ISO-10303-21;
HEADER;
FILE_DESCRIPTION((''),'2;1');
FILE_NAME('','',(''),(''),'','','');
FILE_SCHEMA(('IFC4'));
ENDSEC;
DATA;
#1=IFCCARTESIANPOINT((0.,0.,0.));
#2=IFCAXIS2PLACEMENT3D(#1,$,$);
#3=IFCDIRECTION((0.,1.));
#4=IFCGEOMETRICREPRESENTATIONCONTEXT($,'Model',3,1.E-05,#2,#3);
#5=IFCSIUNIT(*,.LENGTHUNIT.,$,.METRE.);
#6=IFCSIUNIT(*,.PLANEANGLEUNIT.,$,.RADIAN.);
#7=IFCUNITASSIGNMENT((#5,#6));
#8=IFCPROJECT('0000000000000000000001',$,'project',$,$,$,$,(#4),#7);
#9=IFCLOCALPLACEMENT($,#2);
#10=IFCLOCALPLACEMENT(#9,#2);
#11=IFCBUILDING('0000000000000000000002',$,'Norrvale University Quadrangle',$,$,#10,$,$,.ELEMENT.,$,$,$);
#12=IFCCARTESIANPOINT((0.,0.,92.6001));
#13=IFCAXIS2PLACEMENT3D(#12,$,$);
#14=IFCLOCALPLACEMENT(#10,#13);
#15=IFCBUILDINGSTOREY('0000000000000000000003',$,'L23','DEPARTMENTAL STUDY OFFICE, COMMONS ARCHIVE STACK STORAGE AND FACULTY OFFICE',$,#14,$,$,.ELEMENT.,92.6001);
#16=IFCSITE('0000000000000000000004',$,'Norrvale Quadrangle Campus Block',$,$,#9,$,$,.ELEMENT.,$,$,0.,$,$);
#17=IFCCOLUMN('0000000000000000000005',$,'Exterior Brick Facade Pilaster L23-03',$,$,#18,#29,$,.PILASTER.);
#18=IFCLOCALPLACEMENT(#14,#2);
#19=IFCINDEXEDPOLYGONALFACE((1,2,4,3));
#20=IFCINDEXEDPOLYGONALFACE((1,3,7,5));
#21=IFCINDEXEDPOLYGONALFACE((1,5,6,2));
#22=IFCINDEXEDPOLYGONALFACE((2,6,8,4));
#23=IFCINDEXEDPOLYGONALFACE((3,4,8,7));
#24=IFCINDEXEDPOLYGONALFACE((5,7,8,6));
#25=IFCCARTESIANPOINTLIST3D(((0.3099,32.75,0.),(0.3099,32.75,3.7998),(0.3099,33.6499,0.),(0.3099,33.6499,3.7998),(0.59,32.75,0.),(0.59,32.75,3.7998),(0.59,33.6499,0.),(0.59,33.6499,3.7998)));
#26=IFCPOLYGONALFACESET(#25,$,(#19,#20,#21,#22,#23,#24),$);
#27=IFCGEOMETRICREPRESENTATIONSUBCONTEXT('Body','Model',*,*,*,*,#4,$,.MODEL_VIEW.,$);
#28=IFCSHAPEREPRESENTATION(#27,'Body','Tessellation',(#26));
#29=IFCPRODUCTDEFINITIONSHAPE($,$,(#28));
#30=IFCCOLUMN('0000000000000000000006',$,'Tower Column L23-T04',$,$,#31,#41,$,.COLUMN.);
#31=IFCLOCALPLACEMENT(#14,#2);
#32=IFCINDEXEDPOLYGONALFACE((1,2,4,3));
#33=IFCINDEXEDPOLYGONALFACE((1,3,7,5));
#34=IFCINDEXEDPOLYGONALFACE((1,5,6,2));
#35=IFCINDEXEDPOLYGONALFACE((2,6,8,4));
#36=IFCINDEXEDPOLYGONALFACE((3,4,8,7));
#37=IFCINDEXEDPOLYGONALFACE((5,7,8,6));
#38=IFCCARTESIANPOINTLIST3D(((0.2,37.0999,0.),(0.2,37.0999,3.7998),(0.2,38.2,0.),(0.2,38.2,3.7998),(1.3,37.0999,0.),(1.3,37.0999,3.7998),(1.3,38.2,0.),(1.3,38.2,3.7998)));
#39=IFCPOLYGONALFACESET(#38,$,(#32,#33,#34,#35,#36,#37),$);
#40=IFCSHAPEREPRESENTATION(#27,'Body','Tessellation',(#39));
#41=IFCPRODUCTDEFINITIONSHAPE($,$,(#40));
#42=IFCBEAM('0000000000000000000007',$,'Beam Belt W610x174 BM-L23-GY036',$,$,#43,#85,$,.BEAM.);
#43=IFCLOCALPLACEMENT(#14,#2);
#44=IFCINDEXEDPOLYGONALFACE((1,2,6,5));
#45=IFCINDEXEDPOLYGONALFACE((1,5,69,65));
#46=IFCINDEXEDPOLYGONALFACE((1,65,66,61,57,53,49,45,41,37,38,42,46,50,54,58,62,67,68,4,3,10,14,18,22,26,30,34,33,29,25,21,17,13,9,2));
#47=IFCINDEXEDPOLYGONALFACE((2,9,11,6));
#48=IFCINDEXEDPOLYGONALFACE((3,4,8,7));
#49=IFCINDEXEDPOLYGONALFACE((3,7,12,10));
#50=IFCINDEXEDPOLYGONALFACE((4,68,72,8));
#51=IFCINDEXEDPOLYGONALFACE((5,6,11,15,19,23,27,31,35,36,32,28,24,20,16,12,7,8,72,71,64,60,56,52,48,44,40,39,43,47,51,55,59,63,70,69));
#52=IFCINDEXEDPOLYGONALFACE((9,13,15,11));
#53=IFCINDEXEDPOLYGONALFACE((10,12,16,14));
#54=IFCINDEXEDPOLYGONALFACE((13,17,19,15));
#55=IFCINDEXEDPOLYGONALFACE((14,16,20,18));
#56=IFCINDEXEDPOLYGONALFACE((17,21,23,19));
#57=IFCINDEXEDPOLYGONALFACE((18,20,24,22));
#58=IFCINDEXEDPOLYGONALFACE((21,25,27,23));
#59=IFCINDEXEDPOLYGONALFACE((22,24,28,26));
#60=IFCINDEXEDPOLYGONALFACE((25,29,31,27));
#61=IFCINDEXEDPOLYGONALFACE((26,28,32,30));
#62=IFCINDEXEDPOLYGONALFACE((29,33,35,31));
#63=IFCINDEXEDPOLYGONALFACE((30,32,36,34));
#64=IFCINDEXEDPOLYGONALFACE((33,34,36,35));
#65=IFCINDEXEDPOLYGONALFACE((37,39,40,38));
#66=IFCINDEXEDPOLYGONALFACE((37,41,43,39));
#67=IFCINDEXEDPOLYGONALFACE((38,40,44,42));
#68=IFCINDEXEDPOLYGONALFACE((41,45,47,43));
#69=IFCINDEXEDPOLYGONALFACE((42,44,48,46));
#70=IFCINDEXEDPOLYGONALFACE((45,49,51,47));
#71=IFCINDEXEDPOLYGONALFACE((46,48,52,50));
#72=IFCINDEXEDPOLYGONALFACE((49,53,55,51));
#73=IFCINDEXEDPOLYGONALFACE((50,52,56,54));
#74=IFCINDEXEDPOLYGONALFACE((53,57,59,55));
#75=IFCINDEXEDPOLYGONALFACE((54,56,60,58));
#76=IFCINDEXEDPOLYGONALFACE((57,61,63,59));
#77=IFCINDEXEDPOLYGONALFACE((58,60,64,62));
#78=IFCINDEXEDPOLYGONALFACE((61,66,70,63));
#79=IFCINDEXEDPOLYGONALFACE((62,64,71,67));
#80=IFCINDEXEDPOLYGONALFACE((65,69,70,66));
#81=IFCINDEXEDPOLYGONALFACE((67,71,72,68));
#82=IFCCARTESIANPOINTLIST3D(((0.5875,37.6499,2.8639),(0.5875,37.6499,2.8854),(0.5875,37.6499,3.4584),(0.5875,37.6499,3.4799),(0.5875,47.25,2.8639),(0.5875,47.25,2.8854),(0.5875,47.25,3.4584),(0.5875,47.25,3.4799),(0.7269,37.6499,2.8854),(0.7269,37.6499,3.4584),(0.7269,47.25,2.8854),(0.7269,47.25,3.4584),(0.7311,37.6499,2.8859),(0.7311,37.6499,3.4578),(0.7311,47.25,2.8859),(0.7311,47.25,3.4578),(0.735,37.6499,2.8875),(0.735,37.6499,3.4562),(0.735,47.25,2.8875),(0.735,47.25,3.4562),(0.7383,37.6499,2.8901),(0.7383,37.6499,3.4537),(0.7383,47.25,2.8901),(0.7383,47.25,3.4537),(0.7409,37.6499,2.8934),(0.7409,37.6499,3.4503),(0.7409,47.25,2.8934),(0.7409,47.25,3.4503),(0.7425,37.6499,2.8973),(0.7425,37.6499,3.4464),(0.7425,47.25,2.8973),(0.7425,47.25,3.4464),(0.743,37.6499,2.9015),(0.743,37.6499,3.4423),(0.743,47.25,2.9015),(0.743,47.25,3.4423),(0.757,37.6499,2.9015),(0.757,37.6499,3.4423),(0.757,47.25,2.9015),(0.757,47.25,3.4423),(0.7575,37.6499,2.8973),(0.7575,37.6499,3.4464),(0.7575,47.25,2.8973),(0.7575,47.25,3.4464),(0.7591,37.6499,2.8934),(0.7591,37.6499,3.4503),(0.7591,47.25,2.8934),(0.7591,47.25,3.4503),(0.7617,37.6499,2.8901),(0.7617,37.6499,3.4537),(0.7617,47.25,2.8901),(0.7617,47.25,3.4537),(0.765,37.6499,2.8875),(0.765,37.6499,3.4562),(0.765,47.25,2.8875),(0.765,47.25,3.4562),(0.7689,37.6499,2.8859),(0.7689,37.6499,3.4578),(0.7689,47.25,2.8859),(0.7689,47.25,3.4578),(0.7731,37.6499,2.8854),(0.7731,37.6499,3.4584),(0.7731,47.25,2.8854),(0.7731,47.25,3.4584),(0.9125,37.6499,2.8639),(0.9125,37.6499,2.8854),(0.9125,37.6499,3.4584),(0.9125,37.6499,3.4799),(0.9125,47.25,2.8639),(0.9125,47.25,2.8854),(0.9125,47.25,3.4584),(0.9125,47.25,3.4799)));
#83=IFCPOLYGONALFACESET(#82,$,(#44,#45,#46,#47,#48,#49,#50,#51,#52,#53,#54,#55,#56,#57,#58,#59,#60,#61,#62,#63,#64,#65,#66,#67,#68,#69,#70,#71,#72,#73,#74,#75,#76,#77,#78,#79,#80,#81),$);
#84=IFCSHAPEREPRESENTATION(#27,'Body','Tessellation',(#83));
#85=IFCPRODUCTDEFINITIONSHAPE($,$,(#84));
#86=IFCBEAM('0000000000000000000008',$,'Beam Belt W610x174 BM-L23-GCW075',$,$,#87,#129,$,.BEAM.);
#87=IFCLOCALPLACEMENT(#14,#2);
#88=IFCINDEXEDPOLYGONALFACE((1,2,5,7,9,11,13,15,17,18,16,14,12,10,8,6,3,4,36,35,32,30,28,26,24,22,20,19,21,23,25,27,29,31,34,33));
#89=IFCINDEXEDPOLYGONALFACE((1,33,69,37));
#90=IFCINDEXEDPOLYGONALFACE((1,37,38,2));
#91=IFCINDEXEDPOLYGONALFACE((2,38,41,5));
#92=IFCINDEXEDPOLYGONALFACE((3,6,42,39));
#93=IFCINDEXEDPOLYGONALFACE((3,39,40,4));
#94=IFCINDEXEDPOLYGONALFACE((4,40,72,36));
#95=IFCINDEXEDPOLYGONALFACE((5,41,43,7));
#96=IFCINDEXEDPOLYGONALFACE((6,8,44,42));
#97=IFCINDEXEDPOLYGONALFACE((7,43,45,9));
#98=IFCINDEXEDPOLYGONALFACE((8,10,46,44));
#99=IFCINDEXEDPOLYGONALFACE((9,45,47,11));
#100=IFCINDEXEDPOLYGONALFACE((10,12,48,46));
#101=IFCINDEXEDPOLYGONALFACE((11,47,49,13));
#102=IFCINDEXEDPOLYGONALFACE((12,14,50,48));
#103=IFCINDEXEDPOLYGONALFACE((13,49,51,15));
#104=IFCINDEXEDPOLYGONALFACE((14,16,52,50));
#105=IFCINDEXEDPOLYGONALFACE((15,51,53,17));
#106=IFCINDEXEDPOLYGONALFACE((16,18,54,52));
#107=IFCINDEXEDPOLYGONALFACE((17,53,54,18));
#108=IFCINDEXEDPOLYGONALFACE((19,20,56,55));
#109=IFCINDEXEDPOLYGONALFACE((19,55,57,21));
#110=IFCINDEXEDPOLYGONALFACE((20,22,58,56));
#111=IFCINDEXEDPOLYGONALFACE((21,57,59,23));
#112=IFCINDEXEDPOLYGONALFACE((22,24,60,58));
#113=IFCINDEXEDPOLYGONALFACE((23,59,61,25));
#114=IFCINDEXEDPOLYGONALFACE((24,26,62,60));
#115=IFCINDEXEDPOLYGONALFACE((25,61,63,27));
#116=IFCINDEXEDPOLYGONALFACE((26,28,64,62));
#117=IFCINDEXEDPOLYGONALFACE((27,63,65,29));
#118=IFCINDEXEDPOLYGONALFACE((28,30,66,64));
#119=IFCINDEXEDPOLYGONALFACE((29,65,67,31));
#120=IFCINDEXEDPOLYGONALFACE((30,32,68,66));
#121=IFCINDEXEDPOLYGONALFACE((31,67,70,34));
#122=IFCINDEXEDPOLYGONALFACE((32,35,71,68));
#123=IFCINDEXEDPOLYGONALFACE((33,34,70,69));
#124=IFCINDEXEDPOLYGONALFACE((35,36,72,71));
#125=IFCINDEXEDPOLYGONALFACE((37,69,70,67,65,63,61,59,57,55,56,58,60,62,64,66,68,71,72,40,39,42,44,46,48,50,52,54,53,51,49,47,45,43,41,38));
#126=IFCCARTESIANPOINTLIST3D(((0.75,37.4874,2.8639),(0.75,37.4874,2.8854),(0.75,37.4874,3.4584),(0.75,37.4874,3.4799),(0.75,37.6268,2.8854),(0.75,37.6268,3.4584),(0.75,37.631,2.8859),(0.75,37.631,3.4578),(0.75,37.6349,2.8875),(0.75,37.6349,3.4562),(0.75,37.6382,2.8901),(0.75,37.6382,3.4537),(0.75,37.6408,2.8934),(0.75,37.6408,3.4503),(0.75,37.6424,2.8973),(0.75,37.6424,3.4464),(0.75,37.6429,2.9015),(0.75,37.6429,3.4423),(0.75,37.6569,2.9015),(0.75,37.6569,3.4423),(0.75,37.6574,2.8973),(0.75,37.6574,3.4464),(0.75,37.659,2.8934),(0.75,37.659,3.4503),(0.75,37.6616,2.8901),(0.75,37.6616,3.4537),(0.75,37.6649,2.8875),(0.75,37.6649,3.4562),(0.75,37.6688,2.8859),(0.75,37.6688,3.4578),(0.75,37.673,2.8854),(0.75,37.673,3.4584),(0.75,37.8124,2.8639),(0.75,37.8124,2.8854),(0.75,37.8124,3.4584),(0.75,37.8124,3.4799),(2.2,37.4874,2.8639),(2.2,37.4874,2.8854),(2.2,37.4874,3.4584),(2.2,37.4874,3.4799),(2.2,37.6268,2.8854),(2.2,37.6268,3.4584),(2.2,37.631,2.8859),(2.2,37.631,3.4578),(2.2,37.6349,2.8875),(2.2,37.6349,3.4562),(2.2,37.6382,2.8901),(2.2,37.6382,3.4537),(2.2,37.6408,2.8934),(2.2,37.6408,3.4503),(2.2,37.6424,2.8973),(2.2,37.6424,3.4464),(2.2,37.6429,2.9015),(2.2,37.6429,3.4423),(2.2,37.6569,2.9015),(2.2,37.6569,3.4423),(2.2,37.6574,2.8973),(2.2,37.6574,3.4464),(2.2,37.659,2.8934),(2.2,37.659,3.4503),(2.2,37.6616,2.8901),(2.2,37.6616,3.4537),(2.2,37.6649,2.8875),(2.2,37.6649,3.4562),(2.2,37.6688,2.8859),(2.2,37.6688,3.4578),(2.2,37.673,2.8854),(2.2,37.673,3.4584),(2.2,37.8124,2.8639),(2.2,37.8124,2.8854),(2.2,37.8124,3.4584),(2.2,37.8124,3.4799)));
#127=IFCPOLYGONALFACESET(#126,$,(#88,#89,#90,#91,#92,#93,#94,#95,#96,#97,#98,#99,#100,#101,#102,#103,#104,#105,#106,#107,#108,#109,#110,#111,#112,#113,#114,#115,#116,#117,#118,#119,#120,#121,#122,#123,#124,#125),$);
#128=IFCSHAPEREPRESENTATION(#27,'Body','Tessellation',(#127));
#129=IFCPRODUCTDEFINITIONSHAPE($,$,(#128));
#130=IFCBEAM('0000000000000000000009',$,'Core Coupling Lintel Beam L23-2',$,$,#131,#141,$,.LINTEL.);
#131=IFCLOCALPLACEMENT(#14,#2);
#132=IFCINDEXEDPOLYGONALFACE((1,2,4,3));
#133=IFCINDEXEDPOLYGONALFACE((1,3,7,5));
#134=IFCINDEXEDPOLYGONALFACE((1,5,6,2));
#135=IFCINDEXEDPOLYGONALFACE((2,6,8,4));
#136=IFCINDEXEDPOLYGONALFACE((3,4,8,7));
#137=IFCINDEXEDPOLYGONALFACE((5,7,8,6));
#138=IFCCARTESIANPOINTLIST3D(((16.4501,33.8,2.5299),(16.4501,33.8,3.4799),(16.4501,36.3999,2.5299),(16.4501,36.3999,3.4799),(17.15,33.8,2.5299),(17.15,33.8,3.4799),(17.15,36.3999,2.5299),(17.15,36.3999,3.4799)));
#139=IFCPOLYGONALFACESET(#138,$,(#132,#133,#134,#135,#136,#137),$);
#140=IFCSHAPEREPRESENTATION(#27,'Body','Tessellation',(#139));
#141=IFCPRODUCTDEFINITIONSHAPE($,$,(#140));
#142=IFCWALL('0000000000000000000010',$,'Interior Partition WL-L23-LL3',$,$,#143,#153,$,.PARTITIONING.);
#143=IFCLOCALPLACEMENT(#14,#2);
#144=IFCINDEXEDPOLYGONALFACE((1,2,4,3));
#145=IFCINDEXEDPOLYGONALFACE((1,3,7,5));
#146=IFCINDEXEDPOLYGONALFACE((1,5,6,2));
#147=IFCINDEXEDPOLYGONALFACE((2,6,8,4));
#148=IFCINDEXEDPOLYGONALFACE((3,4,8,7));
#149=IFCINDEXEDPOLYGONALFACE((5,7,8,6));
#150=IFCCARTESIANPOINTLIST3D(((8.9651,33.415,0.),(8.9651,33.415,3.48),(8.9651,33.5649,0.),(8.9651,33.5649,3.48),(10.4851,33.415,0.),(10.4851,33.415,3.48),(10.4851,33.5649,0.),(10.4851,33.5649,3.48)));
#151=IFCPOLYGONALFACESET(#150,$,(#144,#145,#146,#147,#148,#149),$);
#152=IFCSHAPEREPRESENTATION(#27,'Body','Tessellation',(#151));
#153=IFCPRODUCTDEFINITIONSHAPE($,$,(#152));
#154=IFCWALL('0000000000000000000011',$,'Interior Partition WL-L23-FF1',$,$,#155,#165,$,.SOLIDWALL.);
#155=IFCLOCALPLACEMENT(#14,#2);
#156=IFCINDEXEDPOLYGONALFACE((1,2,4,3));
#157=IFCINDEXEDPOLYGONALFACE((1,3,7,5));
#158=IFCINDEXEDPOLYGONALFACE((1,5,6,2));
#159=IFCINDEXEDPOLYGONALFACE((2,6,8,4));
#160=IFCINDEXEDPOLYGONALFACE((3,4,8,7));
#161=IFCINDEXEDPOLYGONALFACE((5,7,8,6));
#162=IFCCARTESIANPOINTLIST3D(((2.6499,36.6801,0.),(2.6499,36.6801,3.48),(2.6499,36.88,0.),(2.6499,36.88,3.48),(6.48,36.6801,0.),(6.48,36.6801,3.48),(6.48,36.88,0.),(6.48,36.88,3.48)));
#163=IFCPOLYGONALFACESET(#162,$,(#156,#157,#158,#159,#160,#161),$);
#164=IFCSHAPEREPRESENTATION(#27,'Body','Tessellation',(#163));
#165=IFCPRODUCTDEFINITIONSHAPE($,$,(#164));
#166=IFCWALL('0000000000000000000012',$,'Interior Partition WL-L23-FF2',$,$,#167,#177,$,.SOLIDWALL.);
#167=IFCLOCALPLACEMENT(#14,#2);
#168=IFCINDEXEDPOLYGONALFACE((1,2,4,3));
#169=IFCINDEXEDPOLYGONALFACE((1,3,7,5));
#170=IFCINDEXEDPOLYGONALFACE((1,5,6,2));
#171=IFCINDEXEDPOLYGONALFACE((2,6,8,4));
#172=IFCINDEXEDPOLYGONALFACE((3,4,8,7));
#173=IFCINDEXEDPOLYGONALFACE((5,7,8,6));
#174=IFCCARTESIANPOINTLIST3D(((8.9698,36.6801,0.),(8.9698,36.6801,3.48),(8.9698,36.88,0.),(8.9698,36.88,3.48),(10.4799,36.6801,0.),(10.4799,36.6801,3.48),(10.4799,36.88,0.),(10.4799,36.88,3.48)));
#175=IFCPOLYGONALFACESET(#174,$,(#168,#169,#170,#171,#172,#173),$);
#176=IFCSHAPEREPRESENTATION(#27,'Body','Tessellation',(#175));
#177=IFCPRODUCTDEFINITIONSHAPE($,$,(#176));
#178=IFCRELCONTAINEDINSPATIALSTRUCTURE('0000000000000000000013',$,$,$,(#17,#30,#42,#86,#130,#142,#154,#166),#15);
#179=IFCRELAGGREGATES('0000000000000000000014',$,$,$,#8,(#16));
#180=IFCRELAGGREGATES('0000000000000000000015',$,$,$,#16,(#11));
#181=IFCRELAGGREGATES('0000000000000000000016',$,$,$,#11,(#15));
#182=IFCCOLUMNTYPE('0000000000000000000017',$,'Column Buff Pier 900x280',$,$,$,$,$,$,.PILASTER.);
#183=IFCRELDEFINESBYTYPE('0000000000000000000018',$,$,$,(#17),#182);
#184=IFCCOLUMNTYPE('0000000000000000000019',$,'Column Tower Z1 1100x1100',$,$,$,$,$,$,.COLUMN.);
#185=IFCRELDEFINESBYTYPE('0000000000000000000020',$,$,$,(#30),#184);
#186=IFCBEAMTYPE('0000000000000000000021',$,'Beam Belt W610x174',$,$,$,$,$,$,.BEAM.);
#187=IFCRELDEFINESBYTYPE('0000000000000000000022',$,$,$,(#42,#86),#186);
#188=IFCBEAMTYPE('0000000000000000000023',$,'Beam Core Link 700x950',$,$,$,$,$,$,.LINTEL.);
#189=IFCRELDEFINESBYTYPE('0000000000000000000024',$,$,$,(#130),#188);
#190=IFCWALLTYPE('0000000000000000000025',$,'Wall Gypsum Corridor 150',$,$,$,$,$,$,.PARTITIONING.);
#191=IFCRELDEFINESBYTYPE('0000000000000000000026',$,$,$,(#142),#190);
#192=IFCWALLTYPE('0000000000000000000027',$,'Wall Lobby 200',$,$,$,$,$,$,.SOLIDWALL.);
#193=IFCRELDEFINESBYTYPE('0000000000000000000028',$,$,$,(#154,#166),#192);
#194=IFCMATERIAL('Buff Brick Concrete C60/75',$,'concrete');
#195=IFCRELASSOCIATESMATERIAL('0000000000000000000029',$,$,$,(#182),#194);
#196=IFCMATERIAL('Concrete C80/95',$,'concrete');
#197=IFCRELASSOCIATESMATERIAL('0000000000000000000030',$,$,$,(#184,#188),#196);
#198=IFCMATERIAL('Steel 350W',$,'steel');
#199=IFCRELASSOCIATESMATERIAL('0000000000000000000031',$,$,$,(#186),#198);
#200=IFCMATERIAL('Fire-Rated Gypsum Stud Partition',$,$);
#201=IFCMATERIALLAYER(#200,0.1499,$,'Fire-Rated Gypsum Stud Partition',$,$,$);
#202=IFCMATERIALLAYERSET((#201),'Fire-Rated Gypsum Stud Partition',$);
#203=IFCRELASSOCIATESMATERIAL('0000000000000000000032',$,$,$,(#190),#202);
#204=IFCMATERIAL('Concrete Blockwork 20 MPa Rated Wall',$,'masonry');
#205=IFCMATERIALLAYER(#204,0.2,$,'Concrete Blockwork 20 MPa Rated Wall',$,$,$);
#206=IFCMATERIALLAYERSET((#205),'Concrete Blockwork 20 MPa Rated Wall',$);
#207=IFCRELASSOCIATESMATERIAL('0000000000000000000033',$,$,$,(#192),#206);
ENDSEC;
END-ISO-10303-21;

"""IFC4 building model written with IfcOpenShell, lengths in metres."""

from ifc_helpers import new_model, si_unit, direction, frame, frame_2d, origin, origin_2d, place, context, subcontext, project, spatial, rectangle, i_section, extrude, material, layer, layer_set, material_profile, profile_set, type_object, element, save


model = new_model("IFC4")

# Units and contexts
model_context = context("Model", 3, precision=1e-05, world=origin(), true_north=direction((0.0, 1.0)))
body_context = subcontext(model_context, "Body", "Model", "MODEL_VIEW")
ifc_project = project(units=[si_unit("LENGTHUNIT", "METRE"), si_unit("PLANEANGLEUNIT", "RADIAN")], contexts=[model_context])

# Site, building, storey
site_placement = place(None, origin())
site = spatial("IfcSite", under=ifc_project, at=site_placement, Name="Norrvale Quadrangle Campus Block", CompositionType="ELEMENT", RefElevation=0.0)
building_placement = place(site_placement, origin())
building = spatial("IfcBuilding", under=site, at=building_placement, Name="Norrvale University Quadrangle", CompositionType="ELEMENT")
storey_placement = place(building_placement, frame((0.0, 0.0, 92.6001)))
storey = spatial("IfcBuildingStorey", under=building, at=storey_placement, Name="L23", Description="DEPARTMENTAL STUDY OFFICE, COMMONS ARCHIVE STACK STORAGE AND FACULTY OFFICE", CompositionType="ELEMENT", Elevation=92.6001)

# Columns
ifc_material_1 = material(Name="Buff Brick Concrete C60/75", Category="concrete")
ifc_material_profile_1 = material_profile(ifc_material_1, rectangle(XDim=0.8999, YDim=0.28, at=origin_2d()), Name="Buff Brick Concrete C60/75")
ifc_profile_set_1 = profile_set([ifc_material_profile_1], Name="Buff Brick Concrete C60/75")
column_type_1 = type_object("IfcColumnType", Name="Column Buff Pier 900x280", PredefinedType="PILASTER", material=ifc_profile_set_1)
column_1_placement = place(storey_placement, frame((0.45, 33.2, 0.0), z_axis=(0.0, 0.0, 1.0), x_axis=(0.0, 1.0, 0.0)))
element("IfcColumn", 1, at=column_1_placement, inside=storey, type_object=column_type_1, Name="Exterior Brick Facade Pilaster L23-03", PredefinedType="PILASTER", context=body_context, shape_type="SweptSolid", body=[
    extrude(rectangle(XDim=0.8999, YDim=0.28, at=origin_2d()), origin(), (0.0, 0.0, 1.0), 3.7998),
])
ifc_material_2 = material(Name="Concrete C80/95", Category="concrete")
ifc_material_profile_2 = material_profile(ifc_material_2, rectangle(XDim=1.1001, YDim=1.1001, at=origin_2d()), Name="Concrete C80/95")
ifc_profile_set_2 = profile_set([ifc_material_profile_2], Name="Concrete C80/95")
column_type_2 = type_object("IfcColumnType", Name="Column Tower Z1 1100x1100", PredefinedType="COLUMN", material=ifc_profile_set_2)
column_2_placement = place(storey_placement, frame((0.75, 37.6499, 0.0), z_axis=(0.0, 0.0, 1.0), x_axis=(1.0, 0.0, 0.0)))
element("IfcColumn", 2, at=column_2_placement, inside=storey, type_object=column_type_2, Name="Tower Column L23-T04", PredefinedType="COLUMN", context=body_context, shape_type="SweptSolid", body=[
    extrude(rectangle(XDim=1.1001, YDim=1.1001, at=origin_2d()), origin(), (0.0, 0.0, 1.0), 3.7998),
])

# Beams
ifc_material_3 = material(Name="Steel 350W", Category="steel")
ifc_material_profile_3 = material_profile(ifc_material_3, i_section(OverallWidth=0.325, OverallDepth=0.616, WebThickness=0.0139, FlangeThickness=0.0215, FilletRadius=0.0161, at=origin_2d()), Name="Steel 350W")
ifc_profile_set_3 = profile_set([ifc_material_profile_3], Name="Steel 350W")
beam_type_1 = type_object("IfcBeamType", Name="Beam Belt W610x174", PredefinedType="BEAM", material=ifc_profile_set_3)
beam_1_placement = place(storey_placement, frame((0.75, 37.6499, 3.1719), z_axis=(0.0, 1.0, 0.0), x_axis=(-1.0, 0.0, 0.0)))
element("IfcBeam", 3, at=beam_1_placement, inside=storey, type_object=beam_type_1, Name="Beam Belt W610x174 BM-L23-GY036", PredefinedType="BEAM", context=body_context, shape_type="SweptSolid", body=[
    extrude(i_section(OverallWidth=0.325, OverallDepth=0.616, WebThickness=0.0139, FlangeThickness=0.0215, FilletRadius=0.0161, at=origin_2d()), origin(), (0.0, 0.0, 1.0), 9.6001),
])
beam_2_placement = place(storey_placement, frame((0.75, 37.6499, 3.1719), z_axis=(1.0, 0.0, 0.0), x_axis=(0.0, 1.0, 0.0)))
element("IfcBeam", 4, at=beam_2_placement, inside=storey, type_object=beam_type_1, Name="Beam Belt W610x174 BM-L23-GCW075", PredefinedType="BEAM", context=body_context, shape_type="SweptSolid", body=[
    extrude(i_section(OverallWidth=0.325, OverallDepth=0.616, WebThickness=0.0139, FlangeThickness=0.0215, FilletRadius=0.0161, at=origin_2d()), origin(), (0.0, 0.0, 1.0), 1.45),
])
ifc_material_profile_4 = material_profile(ifc_material_2, rectangle(XDim=0.7, YDim=0.95, at=origin_2d()), Name="Concrete C80/95")
ifc_profile_set_4 = profile_set([ifc_material_profile_4], Name="Concrete C80/95")
beam_type_2 = type_object("IfcBeamType", Name="Beam Core Link 700x950", PredefinedType="LINTEL", material=ifc_profile_set_4)
beam_3_placement = place(storey_placement, frame((16.8, 33.8, 3.0049), z_axis=(0.0, 1.0, 0.0), x_axis=(-1.0, 0.0, 0.0)))
element("IfcBeam", 5, at=beam_3_placement, inside=storey, type_object=beam_type_2, Name="Core Coupling Lintel Beam L23-2", PredefinedType="LINTEL", context=body_context, shape_type="SweptSolid", body=[
    extrude(rectangle(XDim=0.7, YDim=0.95, at=origin_2d()), origin(), (0.0, 0.0, 1.0), 2.5999),
])

# Walls
ifc_material_4 = material(Name="Fire-Rated Gypsum Stud Partition")
ifc_layer_1 = layer(ifc_material_4, 0.1499, Name="Fire-Rated Gypsum Stud Partition")
ifc_layer_set_1 = layer_set([ifc_layer_1], Name="Fire-Rated Gypsum Stud Partition")
wall_type_1 = type_object("IfcWallType", Name="Wall Gypsum Corridor 150", PredefinedType="PARTITIONING", material=ifc_layer_set_1)
wall_1_placement = place(storey_placement, frame((8.9651, 33.49, 0.0), z_axis=(0.0, 0.0, 1.0), x_axis=(1.0, 0.0, 0.0)))
element("IfcWall", 6, at=wall_1_placement, inside=storey, type_object=wall_type_1, Name="Interior Partition WL-L23-LL3", PredefinedType="PARTITIONING", context=body_context, shape_type="SweptSolid", body=[
    extrude(rectangle(XDim=1.52, YDim=0.1499, at=frame_2d((0.76, 0.0))), origin(), (0.0, 0.0, 1.0), 3.48),
])
ifc_material_5 = material(Name="Concrete Blockwork 20 MPa Rated Wall", Category="masonry")
ifc_layer_2 = layer(ifc_material_5, 0.2, Name="Concrete Blockwork 20 MPa Rated Wall")
ifc_layer_set_2 = layer_set([ifc_layer_2], Name="Concrete Blockwork 20 MPa Rated Wall")
wall_type_2 = type_object("IfcWallType", Name="Wall Lobby 200", PredefinedType="SOLIDWALL", material=ifc_layer_set_2)
wall_2_placement = place(storey_placement, frame((2.6499, 36.78, 0.0), z_axis=(0.0, 0.0, 1.0), x_axis=(1.0, 0.0, 0.0)))
element("IfcWall", 7, at=wall_2_placement, inside=storey, type_object=wall_type_2, Name="Interior Partition WL-L23-FF1", PredefinedType="SOLIDWALL", context=body_context, shape_type="SweptSolid", body=[
    extrude(rectangle(XDim=3.8301, YDim=0.2, at=frame_2d((1.915, 0.0))), origin(), (0.0, 0.0, 1.0), 3.48),
])
wall_3_placement = place(storey_placement, frame((8.97, 36.78, 0.0), z_axis=(0.0, 0.0, 1.0), x_axis=(1.0, 0.0, 0.0)))
element("IfcWall", 8, at=wall_3_placement, inside=storey, type_object=wall_type_2, Name="Interior Partition WL-L23-FF2", PredefinedType="SOLIDWALL", context=body_context, shape_type="SweptSolid", body=[
    extrude(rectangle(XDim=1.51, YDim=0.2, at=frame_2d((0.7549, 0.0))), origin(), (0.0, 0.0, 1.0), 3.48),
])

save(model, "model.ifc")
